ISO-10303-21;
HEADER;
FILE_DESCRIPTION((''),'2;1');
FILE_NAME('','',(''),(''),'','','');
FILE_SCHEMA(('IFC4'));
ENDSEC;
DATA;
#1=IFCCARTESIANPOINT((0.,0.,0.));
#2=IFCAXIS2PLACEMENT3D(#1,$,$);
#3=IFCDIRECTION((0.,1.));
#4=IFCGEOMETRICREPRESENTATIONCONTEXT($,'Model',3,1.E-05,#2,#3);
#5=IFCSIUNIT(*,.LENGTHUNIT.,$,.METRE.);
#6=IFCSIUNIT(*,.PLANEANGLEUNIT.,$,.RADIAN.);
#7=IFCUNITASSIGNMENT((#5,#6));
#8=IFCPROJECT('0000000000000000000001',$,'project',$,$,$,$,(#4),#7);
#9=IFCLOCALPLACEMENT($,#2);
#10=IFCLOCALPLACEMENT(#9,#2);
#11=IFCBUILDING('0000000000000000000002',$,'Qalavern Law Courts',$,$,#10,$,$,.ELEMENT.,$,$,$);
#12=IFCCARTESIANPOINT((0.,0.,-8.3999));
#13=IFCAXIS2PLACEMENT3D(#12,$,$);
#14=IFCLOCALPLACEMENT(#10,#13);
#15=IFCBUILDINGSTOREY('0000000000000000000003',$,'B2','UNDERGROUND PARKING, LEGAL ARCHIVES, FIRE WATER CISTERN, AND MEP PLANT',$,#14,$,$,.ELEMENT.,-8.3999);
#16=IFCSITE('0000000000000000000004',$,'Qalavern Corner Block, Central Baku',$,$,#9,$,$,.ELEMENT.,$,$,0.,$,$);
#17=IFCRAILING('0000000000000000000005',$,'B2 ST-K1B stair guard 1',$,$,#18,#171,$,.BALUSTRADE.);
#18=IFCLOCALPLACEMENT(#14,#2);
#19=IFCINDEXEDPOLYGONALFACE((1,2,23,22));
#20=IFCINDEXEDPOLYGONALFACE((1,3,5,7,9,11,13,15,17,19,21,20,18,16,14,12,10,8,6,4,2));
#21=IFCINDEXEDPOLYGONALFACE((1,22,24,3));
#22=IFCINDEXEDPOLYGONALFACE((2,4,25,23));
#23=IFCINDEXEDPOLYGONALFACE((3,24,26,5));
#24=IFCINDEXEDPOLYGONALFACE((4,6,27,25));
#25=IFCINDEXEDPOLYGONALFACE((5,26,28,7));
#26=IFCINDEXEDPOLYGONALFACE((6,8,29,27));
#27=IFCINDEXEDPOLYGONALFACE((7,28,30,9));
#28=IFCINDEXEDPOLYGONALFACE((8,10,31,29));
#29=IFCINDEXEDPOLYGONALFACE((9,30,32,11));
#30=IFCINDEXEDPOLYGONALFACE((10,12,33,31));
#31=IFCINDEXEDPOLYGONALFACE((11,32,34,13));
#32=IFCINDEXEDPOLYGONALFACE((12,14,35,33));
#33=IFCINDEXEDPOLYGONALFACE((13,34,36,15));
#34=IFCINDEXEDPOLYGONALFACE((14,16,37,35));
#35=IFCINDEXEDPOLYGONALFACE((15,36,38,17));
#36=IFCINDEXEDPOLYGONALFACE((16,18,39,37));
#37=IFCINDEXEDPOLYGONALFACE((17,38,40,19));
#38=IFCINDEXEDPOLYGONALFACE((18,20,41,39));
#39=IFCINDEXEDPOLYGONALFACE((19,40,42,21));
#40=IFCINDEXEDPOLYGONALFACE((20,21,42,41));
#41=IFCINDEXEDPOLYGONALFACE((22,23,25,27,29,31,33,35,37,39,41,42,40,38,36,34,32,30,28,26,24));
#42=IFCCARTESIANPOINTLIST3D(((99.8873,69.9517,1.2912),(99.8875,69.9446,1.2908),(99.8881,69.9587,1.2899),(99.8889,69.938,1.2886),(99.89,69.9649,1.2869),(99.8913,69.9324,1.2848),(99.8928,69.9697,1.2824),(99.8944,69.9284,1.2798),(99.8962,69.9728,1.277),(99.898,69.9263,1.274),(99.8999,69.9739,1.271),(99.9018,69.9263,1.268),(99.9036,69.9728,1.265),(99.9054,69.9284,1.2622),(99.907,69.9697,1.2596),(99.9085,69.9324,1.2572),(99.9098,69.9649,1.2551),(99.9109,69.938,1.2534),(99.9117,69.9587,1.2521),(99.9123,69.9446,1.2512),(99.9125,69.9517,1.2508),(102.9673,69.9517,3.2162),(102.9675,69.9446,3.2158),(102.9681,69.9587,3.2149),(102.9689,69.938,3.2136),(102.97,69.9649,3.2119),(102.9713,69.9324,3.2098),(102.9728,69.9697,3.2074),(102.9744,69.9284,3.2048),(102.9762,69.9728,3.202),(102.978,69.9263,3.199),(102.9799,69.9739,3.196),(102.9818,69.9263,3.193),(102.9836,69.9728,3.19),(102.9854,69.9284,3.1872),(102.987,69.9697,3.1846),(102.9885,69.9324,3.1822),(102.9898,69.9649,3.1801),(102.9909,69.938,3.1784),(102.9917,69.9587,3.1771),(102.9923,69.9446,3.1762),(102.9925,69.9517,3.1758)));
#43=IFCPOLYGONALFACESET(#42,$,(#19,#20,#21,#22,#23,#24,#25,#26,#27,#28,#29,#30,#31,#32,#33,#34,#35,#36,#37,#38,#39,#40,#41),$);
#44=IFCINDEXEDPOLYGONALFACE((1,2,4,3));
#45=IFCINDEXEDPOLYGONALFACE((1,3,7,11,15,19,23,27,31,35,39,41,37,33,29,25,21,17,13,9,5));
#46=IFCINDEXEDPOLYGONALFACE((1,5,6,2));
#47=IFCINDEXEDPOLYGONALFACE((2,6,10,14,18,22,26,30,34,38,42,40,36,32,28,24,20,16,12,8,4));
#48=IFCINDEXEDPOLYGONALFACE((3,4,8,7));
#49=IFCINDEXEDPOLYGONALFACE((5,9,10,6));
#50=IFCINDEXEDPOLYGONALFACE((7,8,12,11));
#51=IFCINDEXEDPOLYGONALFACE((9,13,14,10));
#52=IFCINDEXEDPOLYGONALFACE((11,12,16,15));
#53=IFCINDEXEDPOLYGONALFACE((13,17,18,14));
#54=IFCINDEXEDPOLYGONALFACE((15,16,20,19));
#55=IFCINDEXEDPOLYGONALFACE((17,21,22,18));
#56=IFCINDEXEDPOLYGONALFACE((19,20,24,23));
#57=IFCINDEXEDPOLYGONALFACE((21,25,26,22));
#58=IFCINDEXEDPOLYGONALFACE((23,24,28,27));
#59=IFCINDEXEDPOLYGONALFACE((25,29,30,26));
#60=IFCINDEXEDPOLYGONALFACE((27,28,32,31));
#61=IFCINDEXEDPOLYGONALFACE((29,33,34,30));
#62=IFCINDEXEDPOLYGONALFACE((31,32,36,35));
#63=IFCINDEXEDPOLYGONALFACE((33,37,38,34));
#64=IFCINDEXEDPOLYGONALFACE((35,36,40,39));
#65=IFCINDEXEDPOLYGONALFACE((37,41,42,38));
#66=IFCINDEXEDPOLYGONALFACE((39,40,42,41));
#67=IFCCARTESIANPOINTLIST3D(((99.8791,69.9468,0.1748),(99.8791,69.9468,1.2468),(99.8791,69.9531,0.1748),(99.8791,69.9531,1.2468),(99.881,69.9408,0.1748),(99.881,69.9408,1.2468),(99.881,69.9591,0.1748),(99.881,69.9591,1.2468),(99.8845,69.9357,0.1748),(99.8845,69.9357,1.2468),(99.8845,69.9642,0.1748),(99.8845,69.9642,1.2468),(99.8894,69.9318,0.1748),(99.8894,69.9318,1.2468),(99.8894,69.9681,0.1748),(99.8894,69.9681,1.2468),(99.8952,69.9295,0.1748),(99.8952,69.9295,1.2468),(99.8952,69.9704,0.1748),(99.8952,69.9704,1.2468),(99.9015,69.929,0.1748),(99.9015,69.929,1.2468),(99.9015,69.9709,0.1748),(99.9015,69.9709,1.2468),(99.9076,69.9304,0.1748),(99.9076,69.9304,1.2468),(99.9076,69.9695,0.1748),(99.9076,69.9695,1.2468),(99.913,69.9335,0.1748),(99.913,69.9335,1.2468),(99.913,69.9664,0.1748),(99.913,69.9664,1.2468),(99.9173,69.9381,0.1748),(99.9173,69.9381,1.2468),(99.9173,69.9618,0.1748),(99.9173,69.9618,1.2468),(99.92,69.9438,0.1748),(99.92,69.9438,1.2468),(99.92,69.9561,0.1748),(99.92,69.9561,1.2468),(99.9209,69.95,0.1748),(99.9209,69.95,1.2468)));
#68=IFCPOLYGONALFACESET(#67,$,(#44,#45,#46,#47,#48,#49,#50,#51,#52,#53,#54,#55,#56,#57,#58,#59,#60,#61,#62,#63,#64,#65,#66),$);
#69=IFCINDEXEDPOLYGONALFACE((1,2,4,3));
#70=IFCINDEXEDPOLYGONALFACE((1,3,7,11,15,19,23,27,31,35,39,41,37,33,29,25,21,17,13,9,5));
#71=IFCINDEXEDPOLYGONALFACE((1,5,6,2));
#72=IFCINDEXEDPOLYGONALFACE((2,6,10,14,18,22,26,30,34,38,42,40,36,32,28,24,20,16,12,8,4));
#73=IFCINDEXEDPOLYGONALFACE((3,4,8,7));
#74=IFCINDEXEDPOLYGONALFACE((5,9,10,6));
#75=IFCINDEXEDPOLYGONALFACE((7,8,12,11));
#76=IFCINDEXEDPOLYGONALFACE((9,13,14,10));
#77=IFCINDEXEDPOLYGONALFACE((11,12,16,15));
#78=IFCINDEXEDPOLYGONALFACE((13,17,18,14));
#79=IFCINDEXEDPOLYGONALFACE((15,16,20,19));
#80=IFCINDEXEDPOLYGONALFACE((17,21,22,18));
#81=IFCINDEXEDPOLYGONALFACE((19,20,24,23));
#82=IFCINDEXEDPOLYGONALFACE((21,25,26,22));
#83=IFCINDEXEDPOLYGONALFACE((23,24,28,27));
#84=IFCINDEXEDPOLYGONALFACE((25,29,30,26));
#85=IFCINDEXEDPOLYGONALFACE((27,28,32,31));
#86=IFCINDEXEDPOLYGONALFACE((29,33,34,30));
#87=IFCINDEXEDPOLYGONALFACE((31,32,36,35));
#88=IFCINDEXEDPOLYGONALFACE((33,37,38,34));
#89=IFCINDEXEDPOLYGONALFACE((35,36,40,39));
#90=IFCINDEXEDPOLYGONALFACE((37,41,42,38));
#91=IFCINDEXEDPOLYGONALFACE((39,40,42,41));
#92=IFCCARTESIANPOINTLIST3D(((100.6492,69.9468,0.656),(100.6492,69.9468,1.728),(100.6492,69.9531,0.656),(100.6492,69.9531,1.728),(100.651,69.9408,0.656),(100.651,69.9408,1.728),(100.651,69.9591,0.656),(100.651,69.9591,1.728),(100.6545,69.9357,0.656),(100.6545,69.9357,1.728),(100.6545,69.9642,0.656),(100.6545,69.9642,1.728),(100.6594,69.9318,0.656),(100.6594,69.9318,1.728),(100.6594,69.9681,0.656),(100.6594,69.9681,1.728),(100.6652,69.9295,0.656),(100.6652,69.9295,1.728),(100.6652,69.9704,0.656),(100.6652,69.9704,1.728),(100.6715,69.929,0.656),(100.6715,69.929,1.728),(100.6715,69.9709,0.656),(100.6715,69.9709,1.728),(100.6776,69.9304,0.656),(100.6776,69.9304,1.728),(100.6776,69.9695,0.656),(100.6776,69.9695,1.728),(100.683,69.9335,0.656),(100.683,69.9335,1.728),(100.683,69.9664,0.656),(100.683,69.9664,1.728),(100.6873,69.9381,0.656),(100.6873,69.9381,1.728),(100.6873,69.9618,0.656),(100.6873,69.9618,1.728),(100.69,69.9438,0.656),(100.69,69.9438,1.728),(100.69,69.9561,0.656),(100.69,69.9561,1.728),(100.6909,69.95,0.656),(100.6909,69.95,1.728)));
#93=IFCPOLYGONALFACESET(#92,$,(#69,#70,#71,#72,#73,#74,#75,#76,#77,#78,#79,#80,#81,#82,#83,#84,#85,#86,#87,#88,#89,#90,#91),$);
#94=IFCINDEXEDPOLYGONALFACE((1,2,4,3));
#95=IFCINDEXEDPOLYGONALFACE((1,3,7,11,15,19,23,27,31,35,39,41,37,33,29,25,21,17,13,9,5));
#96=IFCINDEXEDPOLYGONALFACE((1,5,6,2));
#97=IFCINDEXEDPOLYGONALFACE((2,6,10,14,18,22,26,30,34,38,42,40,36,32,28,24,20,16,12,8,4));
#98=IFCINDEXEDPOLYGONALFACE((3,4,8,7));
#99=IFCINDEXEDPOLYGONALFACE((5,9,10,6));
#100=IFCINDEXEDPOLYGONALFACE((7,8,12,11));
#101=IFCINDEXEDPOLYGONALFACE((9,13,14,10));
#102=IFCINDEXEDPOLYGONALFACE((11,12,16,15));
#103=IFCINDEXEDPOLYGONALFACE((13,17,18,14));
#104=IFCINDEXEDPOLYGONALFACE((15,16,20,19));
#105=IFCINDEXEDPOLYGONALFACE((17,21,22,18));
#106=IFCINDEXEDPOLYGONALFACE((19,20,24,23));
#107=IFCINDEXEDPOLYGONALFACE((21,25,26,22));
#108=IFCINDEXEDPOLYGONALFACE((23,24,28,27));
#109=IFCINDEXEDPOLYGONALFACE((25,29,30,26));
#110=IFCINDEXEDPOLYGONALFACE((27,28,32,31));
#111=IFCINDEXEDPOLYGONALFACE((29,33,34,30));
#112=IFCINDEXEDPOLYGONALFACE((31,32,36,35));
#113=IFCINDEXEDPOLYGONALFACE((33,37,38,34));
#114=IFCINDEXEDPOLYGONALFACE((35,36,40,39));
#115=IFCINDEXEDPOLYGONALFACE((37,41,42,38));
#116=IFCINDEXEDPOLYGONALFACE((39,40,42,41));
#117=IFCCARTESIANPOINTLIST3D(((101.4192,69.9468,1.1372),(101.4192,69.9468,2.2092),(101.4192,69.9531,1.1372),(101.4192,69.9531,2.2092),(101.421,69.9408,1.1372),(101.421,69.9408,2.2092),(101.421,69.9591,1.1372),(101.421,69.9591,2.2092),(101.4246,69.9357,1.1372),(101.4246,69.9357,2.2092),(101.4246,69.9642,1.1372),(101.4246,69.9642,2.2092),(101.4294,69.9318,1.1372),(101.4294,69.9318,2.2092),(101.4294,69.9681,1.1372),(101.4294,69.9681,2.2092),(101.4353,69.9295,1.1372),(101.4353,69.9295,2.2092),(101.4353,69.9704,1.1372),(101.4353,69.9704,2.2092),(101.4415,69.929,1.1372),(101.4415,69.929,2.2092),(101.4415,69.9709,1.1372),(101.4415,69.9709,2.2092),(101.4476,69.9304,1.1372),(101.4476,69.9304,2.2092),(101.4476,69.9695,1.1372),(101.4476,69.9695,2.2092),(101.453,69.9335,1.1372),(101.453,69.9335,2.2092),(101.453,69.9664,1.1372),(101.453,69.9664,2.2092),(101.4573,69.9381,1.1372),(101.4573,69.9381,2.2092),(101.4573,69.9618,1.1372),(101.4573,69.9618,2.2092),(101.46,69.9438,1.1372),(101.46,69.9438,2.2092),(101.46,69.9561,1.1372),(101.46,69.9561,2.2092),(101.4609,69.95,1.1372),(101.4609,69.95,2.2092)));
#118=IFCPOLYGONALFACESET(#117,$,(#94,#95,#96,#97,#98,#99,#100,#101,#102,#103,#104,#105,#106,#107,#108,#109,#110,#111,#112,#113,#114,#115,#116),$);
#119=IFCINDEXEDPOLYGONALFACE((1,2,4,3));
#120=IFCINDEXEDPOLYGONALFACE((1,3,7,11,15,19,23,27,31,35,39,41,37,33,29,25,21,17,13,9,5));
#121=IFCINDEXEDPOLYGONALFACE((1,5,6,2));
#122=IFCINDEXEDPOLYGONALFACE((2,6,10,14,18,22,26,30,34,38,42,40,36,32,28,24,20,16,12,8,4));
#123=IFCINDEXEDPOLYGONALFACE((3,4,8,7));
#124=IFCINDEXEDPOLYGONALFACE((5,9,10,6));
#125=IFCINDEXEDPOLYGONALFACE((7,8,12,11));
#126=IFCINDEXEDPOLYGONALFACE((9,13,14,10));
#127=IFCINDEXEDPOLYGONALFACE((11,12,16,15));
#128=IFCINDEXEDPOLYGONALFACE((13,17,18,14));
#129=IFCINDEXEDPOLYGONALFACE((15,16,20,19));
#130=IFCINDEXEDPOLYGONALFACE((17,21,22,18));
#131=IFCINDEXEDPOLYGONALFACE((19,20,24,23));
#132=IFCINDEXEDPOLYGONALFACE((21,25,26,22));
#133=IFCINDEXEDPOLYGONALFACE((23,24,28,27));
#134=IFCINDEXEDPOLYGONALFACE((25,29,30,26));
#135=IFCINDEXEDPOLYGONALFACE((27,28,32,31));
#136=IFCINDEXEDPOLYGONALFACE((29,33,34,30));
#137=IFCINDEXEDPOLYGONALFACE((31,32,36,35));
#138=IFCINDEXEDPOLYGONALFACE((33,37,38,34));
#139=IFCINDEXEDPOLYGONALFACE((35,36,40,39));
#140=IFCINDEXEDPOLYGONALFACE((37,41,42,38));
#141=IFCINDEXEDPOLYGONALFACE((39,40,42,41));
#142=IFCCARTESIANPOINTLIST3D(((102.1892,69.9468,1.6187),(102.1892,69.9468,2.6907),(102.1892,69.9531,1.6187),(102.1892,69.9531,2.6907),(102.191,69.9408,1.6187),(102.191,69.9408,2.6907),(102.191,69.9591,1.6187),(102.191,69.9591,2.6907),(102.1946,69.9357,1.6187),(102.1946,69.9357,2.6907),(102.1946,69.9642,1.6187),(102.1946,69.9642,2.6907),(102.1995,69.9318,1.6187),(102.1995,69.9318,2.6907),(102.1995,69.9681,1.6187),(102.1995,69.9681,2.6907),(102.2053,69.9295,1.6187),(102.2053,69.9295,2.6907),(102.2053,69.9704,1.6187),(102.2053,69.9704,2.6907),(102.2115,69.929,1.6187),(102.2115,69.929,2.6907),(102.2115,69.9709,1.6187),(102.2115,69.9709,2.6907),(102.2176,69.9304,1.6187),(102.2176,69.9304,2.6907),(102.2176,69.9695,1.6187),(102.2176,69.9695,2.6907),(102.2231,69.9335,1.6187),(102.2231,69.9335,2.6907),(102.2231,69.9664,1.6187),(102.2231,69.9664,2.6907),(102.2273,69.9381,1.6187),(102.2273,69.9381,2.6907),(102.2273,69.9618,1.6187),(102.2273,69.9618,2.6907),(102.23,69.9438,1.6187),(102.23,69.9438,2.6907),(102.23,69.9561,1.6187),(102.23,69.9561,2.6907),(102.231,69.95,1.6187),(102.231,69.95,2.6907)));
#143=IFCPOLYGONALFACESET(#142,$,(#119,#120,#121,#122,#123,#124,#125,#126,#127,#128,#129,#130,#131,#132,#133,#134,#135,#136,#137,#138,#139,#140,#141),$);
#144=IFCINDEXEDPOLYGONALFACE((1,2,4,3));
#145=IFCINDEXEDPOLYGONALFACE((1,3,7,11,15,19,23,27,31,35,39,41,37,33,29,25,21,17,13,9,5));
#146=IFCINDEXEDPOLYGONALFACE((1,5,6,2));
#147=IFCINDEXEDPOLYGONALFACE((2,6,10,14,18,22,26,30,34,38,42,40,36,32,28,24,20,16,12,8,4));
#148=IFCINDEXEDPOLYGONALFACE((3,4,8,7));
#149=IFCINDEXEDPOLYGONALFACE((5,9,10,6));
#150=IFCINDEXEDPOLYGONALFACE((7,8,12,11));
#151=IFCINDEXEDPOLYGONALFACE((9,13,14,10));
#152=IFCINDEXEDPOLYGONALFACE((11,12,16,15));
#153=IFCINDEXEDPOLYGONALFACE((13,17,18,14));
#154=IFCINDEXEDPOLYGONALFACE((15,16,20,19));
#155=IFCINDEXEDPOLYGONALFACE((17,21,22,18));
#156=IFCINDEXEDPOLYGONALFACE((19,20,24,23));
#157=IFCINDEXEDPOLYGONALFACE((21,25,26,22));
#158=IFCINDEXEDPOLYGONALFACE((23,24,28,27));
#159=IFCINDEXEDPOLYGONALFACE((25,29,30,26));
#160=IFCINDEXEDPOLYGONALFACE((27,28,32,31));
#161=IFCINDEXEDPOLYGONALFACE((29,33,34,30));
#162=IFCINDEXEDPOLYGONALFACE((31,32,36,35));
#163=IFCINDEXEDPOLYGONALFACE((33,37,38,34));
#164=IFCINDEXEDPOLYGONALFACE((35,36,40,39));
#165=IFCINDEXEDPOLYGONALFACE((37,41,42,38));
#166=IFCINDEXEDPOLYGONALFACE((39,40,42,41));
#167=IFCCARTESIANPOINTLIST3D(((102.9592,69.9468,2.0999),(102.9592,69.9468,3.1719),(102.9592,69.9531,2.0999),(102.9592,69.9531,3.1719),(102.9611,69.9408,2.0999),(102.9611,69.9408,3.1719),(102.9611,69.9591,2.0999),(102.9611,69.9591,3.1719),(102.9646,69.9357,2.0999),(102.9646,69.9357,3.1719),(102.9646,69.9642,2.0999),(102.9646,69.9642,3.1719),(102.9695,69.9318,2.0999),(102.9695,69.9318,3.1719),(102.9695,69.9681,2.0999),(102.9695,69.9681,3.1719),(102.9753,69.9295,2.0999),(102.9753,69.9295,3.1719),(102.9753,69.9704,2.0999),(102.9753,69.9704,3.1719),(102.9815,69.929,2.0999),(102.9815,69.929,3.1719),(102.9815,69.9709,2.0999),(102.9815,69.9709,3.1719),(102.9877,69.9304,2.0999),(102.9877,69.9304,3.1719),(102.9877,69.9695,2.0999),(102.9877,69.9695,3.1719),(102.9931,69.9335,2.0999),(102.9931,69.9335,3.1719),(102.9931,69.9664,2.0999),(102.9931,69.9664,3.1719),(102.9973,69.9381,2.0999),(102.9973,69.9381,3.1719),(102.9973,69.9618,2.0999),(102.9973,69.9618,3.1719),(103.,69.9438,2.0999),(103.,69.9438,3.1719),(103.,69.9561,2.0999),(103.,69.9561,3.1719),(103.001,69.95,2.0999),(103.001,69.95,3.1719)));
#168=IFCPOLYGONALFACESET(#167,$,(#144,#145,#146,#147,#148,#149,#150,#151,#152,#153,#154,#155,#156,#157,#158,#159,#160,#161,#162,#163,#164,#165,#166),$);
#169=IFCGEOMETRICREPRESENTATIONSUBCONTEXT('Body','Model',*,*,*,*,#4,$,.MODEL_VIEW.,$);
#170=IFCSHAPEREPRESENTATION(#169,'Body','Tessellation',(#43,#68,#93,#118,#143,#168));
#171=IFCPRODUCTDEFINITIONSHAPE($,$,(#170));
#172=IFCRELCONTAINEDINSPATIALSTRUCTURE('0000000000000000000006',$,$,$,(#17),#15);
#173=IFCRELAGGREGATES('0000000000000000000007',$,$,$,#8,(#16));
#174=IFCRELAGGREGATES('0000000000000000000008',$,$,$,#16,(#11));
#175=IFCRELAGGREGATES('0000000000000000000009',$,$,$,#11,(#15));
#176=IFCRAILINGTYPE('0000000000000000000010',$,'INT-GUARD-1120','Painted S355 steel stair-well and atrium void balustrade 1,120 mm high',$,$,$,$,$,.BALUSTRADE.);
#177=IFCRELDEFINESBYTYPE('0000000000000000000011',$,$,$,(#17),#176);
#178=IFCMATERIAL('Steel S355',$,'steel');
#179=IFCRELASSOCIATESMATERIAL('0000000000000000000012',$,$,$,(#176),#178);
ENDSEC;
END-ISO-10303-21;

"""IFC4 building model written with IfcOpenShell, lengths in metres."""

from ifc_helpers import new_model, si_unit, direction, frame, origin, origin_2d, place, context, subcontext, project, spatial, circle, extrude, material, type_object, element, save


model = new_model("IFC4")

# Units and contexts
model_context = context("Model", 3, precision=1e-05, world=origin(), true_north=direction((0.0, 1.0)))
body_context = subcontext(model_context, "Body", "Model", "MODEL_VIEW")
ifc_project = project(units=[si_unit("LENGTHUNIT", "METRE"), si_unit("PLANEANGLEUNIT", "RADIAN")], contexts=[model_context])

# Site, building, storey
site_placement = place(None, origin())
site = spatial("IfcSite", under=ifc_project, at=site_placement, Name="Qalavern Corner Block, Central Baku", CompositionType="ELEMENT", RefElevation=0.0)
building_placement = place(site_placement, origin())
building = spatial("IfcBuilding", under=site, at=building_placement, Name="Qalavern Law Courts", CompositionType="ELEMENT")
storey_placement = place(building_placement, frame((0.0, 0.0, -8.3999)))
storey = spatial("IfcBuildingStorey", under=building, at=storey_placement, Name="B2", Description="UNDERGROUND PARKING, LEGAL ARCHIVES, FIRE WATER CISTERN, AND MEP PLANT", CompositionType="ELEMENT", Elevation=-8.3999)

# Railing
ifc_material_1 = material(Name="Steel S355", Category="steel")
railing_type = type_object("IfcRailingType", Name="INT-GUARD-1120", Description="Painted S355 steel stair-well and atrium void balustrade 1,120 mm high", PredefinedType="BALUSTRADE", material=ifc_material_1)
railing_1_placement = place(storey_placement, frame((99.8999, 69.95, 0.1748)))
element("IfcRailing", 1, at=railing_1_placement, inside=storey, type_object=railing_type, Name="B2 ST-K1B stair guard 1", PredefinedType="BALUSTRADE", context=body_context, shape_type="SweptSolid", body=[
    extrude(circle(Radius=0.0239, at=origin_2d()), frame((0.0, 0.0, 1.0962), z_axis=(0.847998, 0.0, 0.529999), x_axis=(0.0, 1.0, 0.0)), (0.0, 0.0, 1.0), 3.6321),
    extrude(circle(Radius=0.021, at=origin_2d()), origin(), (0.0, 0.0, 1.0), 1.072),
    extrude(circle(Radius=0.021, at=origin_2d()), frame((0.77, 0.0, 0.4812)), (0.0, 0.0, 1.0), 1.072),
    extrude(circle(Radius=0.021, at=origin_2d()), frame((1.54, 0.0, 0.9624)), (0.0, 0.0, 1.0), 1.072),
    extrude(circle(Radius=0.021, at=origin_2d()), frame((2.3101, 0.0, 1.4438)), (0.0, 0.0, 1.0), 1.072),
    extrude(circle(Radius=0.021, at=origin_2d()), frame((3.0801, 0.0, 1.925)), (0.0, 0.0, 1.0), 1.072),
])

save(model, "model.ifc")
